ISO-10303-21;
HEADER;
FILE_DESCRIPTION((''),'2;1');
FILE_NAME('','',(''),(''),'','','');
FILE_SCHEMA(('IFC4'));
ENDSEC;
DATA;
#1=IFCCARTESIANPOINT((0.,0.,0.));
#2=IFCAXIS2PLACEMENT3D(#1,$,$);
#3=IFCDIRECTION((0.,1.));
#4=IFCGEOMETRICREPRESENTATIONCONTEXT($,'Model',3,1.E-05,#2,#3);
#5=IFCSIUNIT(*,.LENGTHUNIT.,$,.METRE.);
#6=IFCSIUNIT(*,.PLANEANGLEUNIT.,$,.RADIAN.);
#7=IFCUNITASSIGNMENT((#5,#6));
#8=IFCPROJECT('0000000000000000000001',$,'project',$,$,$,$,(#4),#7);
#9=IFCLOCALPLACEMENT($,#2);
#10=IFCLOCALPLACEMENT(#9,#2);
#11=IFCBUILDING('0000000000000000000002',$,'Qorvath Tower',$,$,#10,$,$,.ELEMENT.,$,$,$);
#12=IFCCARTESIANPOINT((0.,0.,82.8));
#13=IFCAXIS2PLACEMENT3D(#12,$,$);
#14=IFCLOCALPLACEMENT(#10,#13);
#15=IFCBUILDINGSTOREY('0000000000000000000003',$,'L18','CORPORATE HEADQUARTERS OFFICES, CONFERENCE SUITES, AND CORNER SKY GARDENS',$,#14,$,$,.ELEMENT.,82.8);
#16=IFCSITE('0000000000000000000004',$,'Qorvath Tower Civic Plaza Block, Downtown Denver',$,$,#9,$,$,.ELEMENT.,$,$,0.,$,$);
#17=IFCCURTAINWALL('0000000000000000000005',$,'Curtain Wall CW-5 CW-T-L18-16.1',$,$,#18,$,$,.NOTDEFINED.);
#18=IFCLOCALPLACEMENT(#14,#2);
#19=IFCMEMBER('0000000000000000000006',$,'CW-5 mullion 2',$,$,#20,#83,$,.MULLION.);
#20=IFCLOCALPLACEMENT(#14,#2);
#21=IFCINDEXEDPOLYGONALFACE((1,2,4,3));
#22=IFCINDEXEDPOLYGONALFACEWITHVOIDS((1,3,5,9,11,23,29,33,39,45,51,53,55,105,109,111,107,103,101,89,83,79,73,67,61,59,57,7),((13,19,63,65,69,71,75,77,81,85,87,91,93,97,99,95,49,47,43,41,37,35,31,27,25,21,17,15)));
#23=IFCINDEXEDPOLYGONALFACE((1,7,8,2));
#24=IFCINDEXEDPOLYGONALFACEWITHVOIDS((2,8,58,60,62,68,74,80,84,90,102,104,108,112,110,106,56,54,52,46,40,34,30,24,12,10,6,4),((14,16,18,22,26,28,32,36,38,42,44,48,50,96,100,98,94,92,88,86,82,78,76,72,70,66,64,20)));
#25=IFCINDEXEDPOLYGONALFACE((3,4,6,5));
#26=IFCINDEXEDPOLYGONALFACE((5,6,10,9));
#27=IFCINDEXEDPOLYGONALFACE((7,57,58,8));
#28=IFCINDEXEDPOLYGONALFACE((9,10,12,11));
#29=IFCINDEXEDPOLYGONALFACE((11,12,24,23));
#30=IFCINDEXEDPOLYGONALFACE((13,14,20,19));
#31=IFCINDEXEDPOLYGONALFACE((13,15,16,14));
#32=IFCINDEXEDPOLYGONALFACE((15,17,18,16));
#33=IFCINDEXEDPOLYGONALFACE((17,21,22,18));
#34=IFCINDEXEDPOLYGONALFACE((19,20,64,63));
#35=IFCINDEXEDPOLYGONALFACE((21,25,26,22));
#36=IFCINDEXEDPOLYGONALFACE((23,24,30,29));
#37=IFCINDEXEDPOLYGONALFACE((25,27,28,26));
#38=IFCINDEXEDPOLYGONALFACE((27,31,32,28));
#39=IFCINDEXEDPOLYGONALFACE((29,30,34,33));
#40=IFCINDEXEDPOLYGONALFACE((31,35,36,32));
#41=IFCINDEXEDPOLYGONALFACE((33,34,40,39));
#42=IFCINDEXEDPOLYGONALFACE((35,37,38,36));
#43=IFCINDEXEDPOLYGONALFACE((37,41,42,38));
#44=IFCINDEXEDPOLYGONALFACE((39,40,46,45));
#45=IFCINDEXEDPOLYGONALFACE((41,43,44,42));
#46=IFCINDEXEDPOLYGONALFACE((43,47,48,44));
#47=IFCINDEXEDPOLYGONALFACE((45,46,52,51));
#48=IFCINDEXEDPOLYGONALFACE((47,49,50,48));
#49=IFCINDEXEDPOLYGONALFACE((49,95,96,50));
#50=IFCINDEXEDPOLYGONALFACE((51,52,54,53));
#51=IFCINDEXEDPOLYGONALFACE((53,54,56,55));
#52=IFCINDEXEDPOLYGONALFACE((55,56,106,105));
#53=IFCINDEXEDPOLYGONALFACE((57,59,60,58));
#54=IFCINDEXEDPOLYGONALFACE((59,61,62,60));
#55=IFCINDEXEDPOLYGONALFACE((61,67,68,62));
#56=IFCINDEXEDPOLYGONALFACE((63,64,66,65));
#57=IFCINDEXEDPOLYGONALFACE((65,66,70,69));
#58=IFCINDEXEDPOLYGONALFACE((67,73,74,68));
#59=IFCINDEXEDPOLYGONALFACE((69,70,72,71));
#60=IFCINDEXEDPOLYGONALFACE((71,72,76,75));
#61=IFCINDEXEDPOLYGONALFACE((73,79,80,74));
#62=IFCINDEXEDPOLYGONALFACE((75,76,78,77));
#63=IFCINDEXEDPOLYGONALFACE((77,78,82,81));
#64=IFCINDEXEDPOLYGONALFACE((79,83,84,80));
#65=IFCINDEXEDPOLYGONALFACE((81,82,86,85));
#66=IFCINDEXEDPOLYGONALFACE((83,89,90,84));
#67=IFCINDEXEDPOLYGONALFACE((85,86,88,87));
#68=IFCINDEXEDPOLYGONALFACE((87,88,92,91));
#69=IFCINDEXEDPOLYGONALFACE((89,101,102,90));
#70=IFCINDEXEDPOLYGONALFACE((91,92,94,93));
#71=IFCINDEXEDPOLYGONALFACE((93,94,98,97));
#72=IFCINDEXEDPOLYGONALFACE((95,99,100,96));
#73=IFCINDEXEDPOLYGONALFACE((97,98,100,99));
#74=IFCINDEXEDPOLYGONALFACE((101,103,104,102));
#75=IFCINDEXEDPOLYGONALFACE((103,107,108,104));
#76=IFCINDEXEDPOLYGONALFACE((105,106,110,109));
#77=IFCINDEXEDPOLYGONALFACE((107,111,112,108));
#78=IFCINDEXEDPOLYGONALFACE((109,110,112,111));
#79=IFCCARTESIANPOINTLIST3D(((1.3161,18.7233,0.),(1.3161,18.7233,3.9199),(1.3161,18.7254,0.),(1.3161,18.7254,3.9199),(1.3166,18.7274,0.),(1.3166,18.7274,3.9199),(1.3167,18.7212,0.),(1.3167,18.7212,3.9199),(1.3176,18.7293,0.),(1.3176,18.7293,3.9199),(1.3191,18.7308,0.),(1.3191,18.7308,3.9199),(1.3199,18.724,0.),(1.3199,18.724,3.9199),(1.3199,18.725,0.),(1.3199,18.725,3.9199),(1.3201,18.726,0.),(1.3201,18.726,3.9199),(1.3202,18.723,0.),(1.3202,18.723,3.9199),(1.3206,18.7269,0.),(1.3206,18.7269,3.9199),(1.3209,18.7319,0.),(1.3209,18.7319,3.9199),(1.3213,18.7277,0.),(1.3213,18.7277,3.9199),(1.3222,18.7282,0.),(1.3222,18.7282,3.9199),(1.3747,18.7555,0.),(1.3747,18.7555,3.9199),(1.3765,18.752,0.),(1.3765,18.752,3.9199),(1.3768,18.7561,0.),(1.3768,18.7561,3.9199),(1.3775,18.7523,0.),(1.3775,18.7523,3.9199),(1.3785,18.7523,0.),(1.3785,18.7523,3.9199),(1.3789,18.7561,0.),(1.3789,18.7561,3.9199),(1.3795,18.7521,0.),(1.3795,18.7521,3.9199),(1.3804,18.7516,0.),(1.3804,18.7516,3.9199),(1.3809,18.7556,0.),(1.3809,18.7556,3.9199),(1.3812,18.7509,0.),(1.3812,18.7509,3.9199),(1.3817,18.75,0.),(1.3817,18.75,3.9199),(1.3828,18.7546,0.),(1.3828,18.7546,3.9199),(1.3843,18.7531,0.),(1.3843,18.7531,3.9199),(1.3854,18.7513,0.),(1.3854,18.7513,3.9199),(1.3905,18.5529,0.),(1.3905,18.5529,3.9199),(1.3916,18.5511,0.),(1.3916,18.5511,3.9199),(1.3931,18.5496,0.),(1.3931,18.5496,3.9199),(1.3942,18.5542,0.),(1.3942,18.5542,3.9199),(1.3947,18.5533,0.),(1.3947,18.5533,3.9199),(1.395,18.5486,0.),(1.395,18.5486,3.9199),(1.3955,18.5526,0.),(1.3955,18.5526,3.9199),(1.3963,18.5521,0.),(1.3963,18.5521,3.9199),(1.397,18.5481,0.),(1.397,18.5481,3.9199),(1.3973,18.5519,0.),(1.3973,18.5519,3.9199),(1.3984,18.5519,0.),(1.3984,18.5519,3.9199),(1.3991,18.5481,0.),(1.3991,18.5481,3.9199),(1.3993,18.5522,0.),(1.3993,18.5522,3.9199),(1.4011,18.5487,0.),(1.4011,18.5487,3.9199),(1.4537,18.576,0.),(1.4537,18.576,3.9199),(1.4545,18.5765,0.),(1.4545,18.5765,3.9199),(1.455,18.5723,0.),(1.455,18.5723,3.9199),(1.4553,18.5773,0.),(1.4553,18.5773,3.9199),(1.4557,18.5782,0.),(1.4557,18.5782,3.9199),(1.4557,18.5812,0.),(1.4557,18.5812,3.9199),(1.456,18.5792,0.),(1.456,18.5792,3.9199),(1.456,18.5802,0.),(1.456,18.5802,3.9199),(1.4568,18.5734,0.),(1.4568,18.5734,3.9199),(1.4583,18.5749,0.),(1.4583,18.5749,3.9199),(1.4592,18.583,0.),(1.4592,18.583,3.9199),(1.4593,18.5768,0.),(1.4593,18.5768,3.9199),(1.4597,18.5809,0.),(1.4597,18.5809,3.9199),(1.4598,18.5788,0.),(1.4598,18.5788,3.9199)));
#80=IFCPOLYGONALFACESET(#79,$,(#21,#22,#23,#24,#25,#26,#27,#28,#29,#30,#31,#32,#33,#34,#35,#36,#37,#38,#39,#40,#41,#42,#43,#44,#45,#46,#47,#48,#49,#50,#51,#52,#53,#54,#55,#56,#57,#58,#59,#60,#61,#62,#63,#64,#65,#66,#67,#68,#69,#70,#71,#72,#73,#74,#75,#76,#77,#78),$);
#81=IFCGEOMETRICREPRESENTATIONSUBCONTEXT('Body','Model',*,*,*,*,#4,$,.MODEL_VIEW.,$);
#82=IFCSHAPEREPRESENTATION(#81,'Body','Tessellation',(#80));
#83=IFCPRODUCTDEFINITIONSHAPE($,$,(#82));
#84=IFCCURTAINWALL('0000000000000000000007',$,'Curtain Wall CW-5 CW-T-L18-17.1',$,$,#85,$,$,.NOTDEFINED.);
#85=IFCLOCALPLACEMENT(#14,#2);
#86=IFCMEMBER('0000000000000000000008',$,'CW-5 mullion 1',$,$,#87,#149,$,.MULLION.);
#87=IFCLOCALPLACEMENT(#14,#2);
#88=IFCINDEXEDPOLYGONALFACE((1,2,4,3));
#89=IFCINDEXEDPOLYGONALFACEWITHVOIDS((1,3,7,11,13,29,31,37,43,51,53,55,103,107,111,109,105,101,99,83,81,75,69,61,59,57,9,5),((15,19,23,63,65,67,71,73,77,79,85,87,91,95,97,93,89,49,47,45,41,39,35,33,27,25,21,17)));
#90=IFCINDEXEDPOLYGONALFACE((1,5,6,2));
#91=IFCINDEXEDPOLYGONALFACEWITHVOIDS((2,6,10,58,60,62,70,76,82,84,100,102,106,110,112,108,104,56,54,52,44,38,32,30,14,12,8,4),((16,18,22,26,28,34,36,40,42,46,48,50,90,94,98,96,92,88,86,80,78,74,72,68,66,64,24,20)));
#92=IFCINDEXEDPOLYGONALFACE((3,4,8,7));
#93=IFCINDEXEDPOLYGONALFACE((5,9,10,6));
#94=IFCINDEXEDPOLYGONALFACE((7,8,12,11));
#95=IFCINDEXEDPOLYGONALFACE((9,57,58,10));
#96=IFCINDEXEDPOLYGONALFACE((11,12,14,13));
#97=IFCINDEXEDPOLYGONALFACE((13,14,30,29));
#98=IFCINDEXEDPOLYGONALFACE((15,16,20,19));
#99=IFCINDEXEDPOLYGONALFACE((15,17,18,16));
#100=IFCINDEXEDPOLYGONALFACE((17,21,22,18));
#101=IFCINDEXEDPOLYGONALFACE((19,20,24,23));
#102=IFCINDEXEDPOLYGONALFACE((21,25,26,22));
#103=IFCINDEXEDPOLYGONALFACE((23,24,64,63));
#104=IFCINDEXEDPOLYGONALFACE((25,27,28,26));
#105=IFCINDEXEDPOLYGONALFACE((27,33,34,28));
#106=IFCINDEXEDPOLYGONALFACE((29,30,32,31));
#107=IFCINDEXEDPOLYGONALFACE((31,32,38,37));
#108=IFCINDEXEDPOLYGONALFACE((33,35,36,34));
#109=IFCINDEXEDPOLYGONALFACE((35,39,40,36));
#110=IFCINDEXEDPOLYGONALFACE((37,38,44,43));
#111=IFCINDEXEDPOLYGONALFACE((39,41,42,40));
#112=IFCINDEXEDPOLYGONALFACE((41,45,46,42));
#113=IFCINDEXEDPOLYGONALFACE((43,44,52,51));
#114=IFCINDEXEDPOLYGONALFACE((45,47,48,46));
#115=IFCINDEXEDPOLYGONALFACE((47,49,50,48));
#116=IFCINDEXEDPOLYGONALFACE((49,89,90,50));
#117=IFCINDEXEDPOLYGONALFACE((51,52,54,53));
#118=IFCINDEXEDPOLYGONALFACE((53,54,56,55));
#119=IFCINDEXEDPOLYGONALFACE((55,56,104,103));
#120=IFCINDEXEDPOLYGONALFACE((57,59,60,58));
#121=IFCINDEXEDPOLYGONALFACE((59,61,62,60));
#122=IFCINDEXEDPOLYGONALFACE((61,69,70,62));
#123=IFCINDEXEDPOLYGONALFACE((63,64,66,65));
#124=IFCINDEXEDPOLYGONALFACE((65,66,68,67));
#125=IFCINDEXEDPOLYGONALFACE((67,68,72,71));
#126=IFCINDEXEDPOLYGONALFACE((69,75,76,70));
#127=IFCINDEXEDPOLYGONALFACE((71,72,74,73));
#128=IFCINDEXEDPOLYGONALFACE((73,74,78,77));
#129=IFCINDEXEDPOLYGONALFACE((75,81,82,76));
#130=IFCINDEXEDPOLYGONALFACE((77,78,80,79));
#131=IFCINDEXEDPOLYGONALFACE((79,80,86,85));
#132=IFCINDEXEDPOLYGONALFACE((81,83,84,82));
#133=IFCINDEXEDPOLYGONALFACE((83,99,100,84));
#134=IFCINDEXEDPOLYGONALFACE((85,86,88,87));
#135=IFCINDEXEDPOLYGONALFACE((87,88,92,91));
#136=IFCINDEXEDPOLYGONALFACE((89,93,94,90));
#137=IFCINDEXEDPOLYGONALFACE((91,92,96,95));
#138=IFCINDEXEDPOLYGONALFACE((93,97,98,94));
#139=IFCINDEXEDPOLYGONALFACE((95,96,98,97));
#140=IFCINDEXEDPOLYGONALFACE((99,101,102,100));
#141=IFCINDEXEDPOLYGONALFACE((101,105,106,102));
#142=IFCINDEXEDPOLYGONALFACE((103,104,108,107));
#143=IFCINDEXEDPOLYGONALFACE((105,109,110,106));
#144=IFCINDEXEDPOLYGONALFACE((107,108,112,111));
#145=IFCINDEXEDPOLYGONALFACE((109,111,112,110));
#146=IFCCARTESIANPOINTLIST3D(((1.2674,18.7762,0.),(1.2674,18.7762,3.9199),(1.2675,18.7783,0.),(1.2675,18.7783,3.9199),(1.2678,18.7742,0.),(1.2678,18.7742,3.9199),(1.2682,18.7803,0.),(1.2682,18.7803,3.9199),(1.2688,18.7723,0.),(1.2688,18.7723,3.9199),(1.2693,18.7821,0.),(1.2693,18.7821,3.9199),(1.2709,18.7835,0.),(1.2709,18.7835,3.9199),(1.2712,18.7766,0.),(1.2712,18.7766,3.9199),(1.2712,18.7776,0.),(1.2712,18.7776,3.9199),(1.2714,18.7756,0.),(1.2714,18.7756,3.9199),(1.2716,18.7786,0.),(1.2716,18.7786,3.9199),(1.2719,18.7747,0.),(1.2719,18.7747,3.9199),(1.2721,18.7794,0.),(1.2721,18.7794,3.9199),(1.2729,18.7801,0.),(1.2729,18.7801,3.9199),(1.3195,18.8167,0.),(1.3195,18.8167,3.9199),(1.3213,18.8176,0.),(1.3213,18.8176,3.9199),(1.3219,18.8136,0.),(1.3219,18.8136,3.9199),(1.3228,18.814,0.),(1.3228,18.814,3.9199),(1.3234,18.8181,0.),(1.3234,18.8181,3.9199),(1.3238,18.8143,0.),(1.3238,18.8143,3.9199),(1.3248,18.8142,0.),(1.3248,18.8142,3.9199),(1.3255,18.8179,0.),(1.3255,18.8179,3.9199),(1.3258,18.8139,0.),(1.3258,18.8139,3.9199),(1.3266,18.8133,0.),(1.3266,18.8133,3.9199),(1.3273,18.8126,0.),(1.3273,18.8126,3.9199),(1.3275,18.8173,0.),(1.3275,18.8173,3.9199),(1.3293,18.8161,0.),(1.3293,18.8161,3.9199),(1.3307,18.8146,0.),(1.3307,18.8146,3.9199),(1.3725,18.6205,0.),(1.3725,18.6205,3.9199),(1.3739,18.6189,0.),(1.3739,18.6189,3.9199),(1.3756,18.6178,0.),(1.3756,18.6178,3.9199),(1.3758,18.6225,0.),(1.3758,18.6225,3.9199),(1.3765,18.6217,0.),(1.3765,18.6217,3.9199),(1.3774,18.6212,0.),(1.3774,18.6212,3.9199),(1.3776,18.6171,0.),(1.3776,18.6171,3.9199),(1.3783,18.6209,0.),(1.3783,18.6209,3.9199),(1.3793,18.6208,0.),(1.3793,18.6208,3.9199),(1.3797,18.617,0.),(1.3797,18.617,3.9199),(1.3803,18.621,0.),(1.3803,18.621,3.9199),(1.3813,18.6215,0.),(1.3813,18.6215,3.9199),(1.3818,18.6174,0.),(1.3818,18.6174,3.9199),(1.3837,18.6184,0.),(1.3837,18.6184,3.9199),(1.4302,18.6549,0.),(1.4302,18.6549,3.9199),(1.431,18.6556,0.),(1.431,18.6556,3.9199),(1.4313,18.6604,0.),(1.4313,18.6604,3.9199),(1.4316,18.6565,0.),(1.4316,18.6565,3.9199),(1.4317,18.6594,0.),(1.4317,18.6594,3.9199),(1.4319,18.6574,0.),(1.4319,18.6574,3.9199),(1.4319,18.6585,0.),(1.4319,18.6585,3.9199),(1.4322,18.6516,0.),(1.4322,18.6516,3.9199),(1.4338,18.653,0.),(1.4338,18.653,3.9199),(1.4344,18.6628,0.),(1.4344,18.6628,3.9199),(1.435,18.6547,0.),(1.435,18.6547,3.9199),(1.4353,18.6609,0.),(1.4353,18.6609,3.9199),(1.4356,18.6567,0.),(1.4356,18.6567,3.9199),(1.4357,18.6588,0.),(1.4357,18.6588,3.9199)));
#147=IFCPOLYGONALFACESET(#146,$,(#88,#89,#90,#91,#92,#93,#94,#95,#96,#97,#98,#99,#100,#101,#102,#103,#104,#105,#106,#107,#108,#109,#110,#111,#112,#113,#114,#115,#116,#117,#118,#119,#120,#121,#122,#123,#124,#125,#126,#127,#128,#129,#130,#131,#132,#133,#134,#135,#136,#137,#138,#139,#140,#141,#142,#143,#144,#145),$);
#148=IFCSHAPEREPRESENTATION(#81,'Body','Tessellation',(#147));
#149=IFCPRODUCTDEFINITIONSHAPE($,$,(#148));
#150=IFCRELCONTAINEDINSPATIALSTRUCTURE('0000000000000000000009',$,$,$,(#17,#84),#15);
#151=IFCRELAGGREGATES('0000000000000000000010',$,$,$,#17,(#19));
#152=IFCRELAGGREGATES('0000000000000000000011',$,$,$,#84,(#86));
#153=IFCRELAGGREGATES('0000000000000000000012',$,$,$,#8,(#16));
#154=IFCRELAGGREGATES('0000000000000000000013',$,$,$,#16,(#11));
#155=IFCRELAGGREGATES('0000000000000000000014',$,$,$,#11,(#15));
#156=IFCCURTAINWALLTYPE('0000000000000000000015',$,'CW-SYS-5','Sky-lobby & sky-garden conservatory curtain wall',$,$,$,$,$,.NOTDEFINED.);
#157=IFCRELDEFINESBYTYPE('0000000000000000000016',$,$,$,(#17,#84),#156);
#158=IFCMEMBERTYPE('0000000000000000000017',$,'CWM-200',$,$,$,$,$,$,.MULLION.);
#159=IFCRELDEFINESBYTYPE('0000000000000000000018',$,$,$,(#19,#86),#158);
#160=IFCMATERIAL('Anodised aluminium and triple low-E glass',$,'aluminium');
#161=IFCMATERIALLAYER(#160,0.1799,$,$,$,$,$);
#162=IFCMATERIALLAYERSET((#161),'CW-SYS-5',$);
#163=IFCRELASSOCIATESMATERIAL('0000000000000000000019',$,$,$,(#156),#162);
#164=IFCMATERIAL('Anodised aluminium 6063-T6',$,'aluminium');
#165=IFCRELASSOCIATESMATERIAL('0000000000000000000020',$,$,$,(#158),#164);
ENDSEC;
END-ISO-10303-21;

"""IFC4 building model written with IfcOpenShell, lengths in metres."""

from ifc_helpers import new_model, si_unit, direction, frame, origin, origin_2d, place, context, subcontext, project, spatial, hollow_rectangle, extrude, material, layer, layer_set, material_profile, profile_set, type_object, element, aggregate, save


model = new_model("IFC4")

# Units and contexts
model_context = context("Model", 3, precision=1e-05, world=origin(), true_north=direction((0.0, 1.0)))
body_context = subcontext(model_context, "Body", "Model", "MODEL_VIEW")
ifc_project = project(units=[si_unit("LENGTHUNIT", "METRE"), si_unit("PLANEANGLEUNIT", "RADIAN")], contexts=[model_context])

# Site, building, storey
site_placement = place(None, origin())
site = spatial("IfcSite", under=ifc_project, at=site_placement, Name="Qorvath Tower Civic Plaza Block, Downtown Denver", CompositionType="ELEMENT", RefElevation=0.0)
building_placement = place(site_placement, origin())
building = spatial("IfcBuilding", under=site, at=building_placement, Name="Qorvath Tower", CompositionType="ELEMENT")
storey_placement = place(building_placement, frame((0.0, 0.0, 82.8)))
storey = spatial("IfcBuildingStorey", under=building, at=storey_placement, Name="L18", Description="CORPORATE HEADQUARTERS OFFICES, CONFERENCE SUITES, AND CORNER SKY GARDENS", CompositionType="ELEMENT", Elevation=82.8)

# Shared definitions
ifc_material_1 = material(Name="Anodised aluminium and triple low-E glass", Category="aluminium")
ifc_layer_1 = layer(ifc_material_1, 0.1799)
ifc_layer_set_1 = layer_set([ifc_layer_1], Name="CW-SYS-5")
curtain_wall_type = type_object("IfcCurtainWallType", Name="CW-SYS-5", Description="Sky-lobby & sky-garden conservatory curtain wall", PredefinedType="NOTDEFINED", material=ifc_layer_set_1)
ifc_material_2 = material(Name="Anodised aluminium 6063-T6", Category="aluminium")
ifc_material_profile_1 = material_profile(ifc_material_2, hollow_rectangle(XDim=0.075, YDim=0.2, WallThickness=0.0039, InnerFilletRadius=0.0039, OuterFilletRadius=0.0081, at=origin_2d()), Name="CWM 200x75")
ifc_profile_set_1 = profile_set([ifc_material_profile_1], Name="Anodised aluminium 6063-T6")
member_type_1 = type_object("IfcMemberType", Name="CWM-200", PredefinedType="MULLION", material=ifc_profile_set_1)

# Curtain wall, member
curtain_wall_1_placement = place(storey_placement, origin())
curtain_wall_1 = element("IfcCurtainWall", 1, at=curtain_wall_1_placement, inside=storey, type_object=curtain_wall_type, Name="Curtain Wall CW-5 CW-T-L18-16.1", PredefinedType="NOTDEFINED")
member_1_placement = place(storey_placement, frame((1.3879, 18.6521, 0.0), z_axis=(0.0, 0.0, 1.0), x_axis=(-0.915886, -0.40144, 0.0)))
member_1 = element("IfcMember", 2, at=member_1_placement, type_object=member_type_1, Name="CW-5 mullion 2", PredefinedType="MULLION", context=body_context, shape_type="SweptSolid", body=[
    extrude(hollow_rectangle(XDim=0.075, YDim=0.2, WallThickness=0.0039, InnerFilletRadius=0.0039, OuterFilletRadius=0.0081, at=origin_2d()), origin(), (0.0, 0.0, 1.0), 3.9199),
])
aggregate(curtain_wall_1, [member_1])

# Curtain wall, member
curtain_wall_2_placement = place(storey_placement, origin())
curtain_wall_2 = element("IfcCurtainWall", 3, at=curtain_wall_2_placement, inside=storey, type_object=curtain_wall_type, Name="Curtain Wall CW-5 CW-T-L18-17.1", PredefinedType="NOTDEFINED")
member_2_placement = place(storey_placement, frame((1.3516, 18.7175, 0.0), z_axis=(0.0, 0.0, 1.0), x_axis=(-0.82575, -0.564036, 0.0)))
member_2 = element("IfcMember", 4, at=member_2_placement, type_object=member_type_1, Name="CW-5 mullion 1", PredefinedType="MULLION", context=body_context, shape_type="SweptSolid", body=[
    extrude(hollow_rectangle(XDim=0.075, YDim=0.2, WallThickness=0.0039, InnerFilletRadius=0.0039, OuterFilletRadius=0.0081, at=origin_2d()), origin(), (0.0, 0.0, 1.0), 3.9199),
])

aggregate(curtain_wall_2, [member_2])

save(model, "model.ifc")
